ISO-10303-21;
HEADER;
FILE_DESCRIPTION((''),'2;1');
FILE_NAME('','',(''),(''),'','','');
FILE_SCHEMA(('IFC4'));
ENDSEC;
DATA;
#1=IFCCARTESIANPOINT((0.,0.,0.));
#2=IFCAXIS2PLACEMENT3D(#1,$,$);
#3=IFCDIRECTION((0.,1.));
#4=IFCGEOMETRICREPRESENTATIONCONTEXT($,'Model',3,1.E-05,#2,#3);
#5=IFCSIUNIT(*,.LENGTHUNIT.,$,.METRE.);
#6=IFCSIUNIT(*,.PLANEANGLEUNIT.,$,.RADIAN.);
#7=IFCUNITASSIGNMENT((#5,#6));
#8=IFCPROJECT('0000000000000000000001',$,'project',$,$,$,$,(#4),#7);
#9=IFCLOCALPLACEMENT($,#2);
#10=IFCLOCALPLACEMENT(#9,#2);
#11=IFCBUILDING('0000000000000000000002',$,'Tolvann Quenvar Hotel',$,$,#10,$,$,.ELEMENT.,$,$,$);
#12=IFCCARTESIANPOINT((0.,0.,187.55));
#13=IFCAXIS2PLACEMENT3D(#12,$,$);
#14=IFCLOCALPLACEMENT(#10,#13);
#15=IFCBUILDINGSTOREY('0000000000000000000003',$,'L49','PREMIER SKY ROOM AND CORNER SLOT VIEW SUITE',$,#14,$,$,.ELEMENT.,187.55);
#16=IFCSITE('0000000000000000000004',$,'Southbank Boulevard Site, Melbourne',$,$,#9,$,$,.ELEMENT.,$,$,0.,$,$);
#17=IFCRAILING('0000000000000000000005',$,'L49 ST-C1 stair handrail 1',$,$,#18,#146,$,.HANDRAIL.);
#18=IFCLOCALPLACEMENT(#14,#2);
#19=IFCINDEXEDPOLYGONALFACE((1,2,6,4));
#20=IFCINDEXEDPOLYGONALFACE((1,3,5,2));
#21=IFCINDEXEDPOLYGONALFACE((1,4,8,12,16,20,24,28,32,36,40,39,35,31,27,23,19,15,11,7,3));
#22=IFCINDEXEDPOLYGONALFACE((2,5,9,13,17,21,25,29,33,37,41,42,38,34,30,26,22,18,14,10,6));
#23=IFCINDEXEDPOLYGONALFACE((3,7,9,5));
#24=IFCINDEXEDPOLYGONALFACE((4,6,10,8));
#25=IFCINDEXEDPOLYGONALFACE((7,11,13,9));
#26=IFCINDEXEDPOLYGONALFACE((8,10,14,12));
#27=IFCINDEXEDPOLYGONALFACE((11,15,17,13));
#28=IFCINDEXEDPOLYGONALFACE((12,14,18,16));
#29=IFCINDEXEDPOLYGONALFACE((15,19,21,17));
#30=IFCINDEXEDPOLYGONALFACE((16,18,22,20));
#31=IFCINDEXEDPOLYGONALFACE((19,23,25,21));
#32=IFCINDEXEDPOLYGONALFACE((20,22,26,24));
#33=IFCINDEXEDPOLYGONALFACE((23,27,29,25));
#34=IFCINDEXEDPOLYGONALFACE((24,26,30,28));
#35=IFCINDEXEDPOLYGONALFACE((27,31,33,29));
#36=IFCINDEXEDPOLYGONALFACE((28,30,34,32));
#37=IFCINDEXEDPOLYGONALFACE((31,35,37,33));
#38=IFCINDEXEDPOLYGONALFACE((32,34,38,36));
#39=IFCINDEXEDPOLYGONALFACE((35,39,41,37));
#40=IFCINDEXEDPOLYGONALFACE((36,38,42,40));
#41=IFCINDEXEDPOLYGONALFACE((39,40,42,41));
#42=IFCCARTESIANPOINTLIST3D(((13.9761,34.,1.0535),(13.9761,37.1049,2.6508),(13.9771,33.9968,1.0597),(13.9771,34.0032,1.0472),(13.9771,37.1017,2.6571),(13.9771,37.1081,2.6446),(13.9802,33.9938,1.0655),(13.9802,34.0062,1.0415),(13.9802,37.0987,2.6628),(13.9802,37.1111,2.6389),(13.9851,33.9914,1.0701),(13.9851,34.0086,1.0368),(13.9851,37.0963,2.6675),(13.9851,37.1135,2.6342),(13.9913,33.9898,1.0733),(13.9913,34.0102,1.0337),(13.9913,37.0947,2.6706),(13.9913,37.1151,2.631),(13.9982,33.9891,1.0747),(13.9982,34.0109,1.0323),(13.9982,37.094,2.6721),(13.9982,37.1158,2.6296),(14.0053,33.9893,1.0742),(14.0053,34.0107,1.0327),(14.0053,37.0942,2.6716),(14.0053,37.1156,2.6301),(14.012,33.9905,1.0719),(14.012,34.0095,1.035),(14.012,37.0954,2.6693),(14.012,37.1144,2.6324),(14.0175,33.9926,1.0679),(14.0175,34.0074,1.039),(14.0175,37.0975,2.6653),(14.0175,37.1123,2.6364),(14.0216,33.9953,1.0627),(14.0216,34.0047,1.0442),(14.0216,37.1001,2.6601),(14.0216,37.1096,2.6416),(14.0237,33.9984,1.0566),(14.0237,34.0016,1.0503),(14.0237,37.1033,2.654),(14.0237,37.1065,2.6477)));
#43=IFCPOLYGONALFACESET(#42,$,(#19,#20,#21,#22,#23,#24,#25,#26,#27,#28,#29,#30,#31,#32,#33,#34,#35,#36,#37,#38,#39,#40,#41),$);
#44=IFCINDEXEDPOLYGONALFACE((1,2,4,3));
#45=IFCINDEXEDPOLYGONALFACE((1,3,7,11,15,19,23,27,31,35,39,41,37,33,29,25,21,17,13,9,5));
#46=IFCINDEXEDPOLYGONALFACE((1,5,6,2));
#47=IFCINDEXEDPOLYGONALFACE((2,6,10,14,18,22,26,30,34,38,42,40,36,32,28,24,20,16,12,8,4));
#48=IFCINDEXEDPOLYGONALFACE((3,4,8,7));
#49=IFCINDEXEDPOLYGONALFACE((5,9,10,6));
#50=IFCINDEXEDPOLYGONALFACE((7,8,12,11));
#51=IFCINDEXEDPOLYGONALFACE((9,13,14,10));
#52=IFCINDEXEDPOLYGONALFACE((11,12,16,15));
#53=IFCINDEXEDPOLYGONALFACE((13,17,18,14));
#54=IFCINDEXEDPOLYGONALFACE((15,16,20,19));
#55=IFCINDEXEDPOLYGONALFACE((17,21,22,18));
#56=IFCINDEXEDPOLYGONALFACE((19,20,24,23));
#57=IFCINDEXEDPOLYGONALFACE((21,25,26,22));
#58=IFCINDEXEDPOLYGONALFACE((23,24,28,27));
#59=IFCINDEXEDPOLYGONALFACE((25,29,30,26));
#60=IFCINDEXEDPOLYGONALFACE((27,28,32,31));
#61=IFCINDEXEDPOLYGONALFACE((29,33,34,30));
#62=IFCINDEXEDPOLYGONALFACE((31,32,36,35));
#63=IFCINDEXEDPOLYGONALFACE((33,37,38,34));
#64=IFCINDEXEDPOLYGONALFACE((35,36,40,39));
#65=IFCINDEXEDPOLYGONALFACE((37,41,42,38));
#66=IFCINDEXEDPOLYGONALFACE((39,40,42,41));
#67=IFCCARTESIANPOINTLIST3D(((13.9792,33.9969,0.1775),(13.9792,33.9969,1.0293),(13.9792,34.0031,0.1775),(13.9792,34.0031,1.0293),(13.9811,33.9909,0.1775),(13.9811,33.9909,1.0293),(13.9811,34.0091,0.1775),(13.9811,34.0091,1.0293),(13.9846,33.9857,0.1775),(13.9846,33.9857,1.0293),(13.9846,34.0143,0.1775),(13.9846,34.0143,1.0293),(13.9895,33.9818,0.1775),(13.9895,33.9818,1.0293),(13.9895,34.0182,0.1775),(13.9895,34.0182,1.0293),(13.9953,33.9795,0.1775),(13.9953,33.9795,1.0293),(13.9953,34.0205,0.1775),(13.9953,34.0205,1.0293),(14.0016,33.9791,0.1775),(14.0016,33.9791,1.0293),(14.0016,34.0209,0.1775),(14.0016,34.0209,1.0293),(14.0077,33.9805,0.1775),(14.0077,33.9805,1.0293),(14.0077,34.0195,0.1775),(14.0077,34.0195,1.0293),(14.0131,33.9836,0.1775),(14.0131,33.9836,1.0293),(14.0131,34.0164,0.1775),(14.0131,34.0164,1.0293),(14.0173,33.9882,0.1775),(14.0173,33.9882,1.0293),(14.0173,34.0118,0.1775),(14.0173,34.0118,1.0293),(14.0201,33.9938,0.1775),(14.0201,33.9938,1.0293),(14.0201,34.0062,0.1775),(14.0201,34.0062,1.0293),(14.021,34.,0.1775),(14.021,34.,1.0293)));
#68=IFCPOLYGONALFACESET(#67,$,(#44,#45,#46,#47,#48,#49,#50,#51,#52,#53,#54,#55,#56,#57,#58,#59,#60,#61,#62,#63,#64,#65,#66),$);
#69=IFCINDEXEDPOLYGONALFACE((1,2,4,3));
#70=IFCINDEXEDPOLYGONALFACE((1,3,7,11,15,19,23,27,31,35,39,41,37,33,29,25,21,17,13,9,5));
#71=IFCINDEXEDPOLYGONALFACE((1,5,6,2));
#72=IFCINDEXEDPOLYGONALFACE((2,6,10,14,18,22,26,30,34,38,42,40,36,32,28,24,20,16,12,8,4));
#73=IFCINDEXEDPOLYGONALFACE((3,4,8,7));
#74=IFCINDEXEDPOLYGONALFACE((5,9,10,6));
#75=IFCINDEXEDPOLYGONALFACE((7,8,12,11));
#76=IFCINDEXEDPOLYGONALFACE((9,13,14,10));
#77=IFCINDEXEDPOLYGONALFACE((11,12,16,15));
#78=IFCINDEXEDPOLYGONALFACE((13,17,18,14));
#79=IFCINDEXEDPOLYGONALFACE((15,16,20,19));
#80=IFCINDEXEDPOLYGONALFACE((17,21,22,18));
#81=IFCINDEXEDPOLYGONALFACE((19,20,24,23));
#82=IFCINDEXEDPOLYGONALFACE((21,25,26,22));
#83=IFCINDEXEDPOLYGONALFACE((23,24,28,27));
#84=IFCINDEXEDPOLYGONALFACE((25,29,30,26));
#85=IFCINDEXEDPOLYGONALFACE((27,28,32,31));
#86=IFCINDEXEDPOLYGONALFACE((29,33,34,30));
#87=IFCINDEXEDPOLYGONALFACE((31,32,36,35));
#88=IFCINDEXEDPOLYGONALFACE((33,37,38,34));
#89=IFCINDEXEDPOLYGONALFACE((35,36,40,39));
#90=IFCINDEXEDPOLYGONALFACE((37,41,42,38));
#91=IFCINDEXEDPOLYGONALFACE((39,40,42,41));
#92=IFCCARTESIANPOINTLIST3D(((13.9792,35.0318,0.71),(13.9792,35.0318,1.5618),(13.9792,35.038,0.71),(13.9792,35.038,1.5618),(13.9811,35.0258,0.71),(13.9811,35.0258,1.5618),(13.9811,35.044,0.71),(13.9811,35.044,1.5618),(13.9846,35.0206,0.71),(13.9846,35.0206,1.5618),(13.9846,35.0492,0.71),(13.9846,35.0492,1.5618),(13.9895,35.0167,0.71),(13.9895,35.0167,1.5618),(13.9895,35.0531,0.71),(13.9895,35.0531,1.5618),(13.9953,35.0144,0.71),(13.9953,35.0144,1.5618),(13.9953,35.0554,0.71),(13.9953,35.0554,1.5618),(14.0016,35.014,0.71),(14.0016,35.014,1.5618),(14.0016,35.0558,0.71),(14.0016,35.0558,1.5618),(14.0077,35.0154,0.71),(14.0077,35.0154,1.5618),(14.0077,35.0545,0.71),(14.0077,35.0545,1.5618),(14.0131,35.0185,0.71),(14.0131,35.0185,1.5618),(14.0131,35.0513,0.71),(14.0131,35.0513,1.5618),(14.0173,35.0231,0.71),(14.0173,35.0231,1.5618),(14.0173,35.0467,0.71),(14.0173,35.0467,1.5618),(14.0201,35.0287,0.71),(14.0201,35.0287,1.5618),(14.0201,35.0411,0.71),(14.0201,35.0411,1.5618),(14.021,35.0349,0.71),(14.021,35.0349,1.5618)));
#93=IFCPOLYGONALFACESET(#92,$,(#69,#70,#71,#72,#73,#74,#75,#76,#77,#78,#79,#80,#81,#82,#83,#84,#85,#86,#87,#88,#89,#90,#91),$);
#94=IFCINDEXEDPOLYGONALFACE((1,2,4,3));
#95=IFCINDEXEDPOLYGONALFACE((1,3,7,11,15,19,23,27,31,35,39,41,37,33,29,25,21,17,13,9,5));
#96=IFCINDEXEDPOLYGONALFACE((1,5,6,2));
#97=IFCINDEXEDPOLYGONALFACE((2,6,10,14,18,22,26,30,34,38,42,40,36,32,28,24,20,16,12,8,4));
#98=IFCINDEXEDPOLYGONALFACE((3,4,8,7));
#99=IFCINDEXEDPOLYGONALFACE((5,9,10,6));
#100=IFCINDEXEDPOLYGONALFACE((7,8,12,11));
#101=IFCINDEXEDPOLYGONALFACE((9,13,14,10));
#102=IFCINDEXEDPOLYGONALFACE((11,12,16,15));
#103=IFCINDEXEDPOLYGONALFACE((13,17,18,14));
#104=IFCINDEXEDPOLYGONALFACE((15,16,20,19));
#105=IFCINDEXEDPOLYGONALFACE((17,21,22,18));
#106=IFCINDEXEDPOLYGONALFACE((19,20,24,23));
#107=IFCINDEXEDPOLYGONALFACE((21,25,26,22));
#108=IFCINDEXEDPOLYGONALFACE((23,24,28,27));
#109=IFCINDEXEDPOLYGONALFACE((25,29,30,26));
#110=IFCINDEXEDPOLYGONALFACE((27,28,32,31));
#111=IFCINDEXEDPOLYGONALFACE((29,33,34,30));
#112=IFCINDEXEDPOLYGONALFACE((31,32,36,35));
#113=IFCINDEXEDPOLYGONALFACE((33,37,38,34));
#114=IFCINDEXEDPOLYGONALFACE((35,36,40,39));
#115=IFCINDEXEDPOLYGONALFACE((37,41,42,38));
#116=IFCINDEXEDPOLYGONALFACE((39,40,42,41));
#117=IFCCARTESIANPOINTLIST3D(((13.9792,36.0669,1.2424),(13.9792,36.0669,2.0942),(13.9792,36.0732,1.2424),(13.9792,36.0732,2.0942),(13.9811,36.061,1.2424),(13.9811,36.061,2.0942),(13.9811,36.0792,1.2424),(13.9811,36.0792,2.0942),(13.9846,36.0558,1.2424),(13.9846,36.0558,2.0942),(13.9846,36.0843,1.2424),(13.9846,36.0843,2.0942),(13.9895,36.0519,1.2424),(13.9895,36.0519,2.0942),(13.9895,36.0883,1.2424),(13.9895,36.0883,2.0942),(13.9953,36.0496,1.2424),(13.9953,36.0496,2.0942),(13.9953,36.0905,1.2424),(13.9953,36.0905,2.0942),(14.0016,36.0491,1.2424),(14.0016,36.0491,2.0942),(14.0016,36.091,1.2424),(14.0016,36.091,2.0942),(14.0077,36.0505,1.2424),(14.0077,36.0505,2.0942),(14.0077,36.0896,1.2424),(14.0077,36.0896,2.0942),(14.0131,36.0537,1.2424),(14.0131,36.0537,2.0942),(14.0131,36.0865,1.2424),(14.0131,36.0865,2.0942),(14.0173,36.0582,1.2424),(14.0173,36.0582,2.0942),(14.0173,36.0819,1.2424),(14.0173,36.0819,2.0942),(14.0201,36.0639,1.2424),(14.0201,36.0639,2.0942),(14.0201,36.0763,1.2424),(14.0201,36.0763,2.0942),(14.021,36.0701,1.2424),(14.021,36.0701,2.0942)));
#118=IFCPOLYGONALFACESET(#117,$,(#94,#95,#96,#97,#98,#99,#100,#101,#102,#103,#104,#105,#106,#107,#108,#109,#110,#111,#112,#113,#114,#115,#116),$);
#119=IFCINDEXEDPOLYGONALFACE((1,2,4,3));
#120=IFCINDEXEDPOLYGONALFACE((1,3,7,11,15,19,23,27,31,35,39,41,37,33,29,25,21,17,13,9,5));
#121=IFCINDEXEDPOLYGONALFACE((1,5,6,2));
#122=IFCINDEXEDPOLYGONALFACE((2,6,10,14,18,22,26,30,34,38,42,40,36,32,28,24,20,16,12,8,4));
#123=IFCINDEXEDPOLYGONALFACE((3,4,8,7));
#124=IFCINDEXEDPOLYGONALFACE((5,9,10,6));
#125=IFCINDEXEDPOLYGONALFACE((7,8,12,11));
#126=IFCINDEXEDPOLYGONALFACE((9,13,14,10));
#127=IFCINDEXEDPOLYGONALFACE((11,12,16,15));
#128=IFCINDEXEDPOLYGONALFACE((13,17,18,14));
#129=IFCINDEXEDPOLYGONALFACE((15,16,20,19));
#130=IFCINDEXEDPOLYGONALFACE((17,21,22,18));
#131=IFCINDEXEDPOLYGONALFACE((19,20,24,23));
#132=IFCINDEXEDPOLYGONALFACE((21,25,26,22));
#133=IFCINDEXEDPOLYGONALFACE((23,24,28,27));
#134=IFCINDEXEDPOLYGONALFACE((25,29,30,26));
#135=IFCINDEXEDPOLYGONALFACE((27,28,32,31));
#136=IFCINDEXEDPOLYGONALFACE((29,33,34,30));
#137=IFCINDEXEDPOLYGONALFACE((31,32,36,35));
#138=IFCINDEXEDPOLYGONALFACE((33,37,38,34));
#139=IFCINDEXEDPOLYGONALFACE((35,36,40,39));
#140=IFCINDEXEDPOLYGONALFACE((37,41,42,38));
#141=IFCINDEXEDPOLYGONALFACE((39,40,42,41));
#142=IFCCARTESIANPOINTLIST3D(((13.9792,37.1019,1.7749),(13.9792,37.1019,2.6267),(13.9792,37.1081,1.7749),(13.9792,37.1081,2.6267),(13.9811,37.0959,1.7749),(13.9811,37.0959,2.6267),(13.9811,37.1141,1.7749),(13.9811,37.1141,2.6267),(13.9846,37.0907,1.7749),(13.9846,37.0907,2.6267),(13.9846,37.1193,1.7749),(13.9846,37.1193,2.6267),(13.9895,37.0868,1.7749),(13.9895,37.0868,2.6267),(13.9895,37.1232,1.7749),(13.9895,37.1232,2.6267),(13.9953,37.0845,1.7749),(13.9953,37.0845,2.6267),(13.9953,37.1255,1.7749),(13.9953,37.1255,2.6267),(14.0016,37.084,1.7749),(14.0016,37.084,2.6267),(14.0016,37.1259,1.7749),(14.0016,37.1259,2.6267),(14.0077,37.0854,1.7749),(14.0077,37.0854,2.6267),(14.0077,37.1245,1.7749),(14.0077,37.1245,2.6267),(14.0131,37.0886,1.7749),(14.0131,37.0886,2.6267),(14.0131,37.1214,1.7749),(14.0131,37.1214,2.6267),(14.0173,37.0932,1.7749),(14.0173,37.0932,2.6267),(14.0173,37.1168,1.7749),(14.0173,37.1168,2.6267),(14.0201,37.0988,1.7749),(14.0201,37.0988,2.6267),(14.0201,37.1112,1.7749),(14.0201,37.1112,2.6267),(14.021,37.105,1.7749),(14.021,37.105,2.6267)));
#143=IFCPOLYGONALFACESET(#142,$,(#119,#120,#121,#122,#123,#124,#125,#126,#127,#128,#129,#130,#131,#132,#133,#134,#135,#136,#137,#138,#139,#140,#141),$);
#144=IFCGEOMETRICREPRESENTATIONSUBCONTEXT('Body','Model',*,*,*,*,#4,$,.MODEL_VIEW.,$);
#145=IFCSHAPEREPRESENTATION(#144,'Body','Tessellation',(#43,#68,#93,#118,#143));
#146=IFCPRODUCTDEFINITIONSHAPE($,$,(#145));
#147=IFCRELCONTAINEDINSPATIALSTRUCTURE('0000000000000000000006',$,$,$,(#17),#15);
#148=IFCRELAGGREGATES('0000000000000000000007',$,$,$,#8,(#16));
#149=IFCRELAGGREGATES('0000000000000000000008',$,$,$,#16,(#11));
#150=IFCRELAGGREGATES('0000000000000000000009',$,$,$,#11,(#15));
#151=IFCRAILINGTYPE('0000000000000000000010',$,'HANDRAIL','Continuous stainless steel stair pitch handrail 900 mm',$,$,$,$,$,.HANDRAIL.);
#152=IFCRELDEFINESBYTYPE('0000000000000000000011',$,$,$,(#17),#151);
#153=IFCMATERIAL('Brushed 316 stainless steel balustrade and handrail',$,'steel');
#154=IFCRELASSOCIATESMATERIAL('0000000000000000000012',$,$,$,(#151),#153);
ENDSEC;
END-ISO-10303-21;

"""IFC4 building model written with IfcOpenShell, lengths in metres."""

from ifc_helpers import new_model, si_unit, direction, frame, origin, origin_2d, place, context, subcontext, project, spatial, circle, extrude, material, type_object, element, save


model = new_model("IFC4")

# Units and contexts
model_context = context("Model", 3, precision=1e-05, world=origin(), true_north=direction((0.0, 1.0)))
body_context = subcontext(model_context, "Body", "Model", "MODEL_VIEW")
ifc_project = project(units=[si_unit("LENGTHUNIT", "METRE"), si_unit("PLANEANGLEUNIT", "RADIAN")], contexts=[model_context])

# Site, building, storey
site_placement = place(None, origin())
site = spatial("IfcSite", under=ifc_project, at=site_placement, Name="Southbank Boulevard Site, Melbourne", CompositionType="ELEMENT", RefElevation=0.0)
building_placement = place(site_placement, origin())
building = spatial("IfcBuilding", under=site, at=building_placement, Name="Tolvann Quenvar Hotel", CompositionType="ELEMENT")
storey_placement = place(building_placement, frame((0.0, 0.0, 187.55)))
storey = spatial("IfcBuildingStorey", under=building, at=storey_placement, Name="L49", Description="PREMIER SKY ROOM AND CORNER SLOT VIEW SUITE", CompositionType="ELEMENT", Elevation=187.55)

# Railing
ifc_material_1 = material(Name="Brushed 316 stainless steel balustrade and handrail", Category="steel")
railing_type_1 = type_object("IfcRailingType", Name="HANDRAIL", Description="Continuous stainless steel stair pitch handrail 900 mm", PredefinedType="HANDRAIL", material=ifc_material_1)
railing_1_placement = place(storey_placement, frame((14.0, 34.0, 0.1775)))
element("IfcRailing", 1, at=railing_1_placement, inside=storey, type_object=railing_type_1, Name="L49 ST-C1 stair handrail 1", PredefinedType="HANDRAIL", context=body_context, shape_type="SweptSolid", body=[
    extrude(circle(Radius=0.0239, at=origin_2d()), frame((0.0, 0.0, 0.876), z_axis=(0.0, 0.889222, 0.457476), x_axis=(-1.0, 0.0, 0.0)), (0.0, 0.0, 1.0), 3.4917),
    extrude(circle(Radius=0.021, at=origin_2d()), origin(), (0.0, 0.0, 1.0), 0.8518),
    extrude(circle(Radius=0.021, at=origin_2d()), frame((0.0, 1.0349, 0.5325)), (0.0, 0.0, 1.0), 0.8518),
    extrude(circle(Radius=0.021, at=origin_2d()), frame((0.0, 2.0701, 1.0649)), (0.0, 0.0, 1.0), 0.8518),
    extrude(circle(Radius=0.021, at=origin_2d()), frame((0.0, 3.105, 1.5974)), (0.0, 0.0, 1.0), 0.8518),
])

save(model, "model.ifc")
